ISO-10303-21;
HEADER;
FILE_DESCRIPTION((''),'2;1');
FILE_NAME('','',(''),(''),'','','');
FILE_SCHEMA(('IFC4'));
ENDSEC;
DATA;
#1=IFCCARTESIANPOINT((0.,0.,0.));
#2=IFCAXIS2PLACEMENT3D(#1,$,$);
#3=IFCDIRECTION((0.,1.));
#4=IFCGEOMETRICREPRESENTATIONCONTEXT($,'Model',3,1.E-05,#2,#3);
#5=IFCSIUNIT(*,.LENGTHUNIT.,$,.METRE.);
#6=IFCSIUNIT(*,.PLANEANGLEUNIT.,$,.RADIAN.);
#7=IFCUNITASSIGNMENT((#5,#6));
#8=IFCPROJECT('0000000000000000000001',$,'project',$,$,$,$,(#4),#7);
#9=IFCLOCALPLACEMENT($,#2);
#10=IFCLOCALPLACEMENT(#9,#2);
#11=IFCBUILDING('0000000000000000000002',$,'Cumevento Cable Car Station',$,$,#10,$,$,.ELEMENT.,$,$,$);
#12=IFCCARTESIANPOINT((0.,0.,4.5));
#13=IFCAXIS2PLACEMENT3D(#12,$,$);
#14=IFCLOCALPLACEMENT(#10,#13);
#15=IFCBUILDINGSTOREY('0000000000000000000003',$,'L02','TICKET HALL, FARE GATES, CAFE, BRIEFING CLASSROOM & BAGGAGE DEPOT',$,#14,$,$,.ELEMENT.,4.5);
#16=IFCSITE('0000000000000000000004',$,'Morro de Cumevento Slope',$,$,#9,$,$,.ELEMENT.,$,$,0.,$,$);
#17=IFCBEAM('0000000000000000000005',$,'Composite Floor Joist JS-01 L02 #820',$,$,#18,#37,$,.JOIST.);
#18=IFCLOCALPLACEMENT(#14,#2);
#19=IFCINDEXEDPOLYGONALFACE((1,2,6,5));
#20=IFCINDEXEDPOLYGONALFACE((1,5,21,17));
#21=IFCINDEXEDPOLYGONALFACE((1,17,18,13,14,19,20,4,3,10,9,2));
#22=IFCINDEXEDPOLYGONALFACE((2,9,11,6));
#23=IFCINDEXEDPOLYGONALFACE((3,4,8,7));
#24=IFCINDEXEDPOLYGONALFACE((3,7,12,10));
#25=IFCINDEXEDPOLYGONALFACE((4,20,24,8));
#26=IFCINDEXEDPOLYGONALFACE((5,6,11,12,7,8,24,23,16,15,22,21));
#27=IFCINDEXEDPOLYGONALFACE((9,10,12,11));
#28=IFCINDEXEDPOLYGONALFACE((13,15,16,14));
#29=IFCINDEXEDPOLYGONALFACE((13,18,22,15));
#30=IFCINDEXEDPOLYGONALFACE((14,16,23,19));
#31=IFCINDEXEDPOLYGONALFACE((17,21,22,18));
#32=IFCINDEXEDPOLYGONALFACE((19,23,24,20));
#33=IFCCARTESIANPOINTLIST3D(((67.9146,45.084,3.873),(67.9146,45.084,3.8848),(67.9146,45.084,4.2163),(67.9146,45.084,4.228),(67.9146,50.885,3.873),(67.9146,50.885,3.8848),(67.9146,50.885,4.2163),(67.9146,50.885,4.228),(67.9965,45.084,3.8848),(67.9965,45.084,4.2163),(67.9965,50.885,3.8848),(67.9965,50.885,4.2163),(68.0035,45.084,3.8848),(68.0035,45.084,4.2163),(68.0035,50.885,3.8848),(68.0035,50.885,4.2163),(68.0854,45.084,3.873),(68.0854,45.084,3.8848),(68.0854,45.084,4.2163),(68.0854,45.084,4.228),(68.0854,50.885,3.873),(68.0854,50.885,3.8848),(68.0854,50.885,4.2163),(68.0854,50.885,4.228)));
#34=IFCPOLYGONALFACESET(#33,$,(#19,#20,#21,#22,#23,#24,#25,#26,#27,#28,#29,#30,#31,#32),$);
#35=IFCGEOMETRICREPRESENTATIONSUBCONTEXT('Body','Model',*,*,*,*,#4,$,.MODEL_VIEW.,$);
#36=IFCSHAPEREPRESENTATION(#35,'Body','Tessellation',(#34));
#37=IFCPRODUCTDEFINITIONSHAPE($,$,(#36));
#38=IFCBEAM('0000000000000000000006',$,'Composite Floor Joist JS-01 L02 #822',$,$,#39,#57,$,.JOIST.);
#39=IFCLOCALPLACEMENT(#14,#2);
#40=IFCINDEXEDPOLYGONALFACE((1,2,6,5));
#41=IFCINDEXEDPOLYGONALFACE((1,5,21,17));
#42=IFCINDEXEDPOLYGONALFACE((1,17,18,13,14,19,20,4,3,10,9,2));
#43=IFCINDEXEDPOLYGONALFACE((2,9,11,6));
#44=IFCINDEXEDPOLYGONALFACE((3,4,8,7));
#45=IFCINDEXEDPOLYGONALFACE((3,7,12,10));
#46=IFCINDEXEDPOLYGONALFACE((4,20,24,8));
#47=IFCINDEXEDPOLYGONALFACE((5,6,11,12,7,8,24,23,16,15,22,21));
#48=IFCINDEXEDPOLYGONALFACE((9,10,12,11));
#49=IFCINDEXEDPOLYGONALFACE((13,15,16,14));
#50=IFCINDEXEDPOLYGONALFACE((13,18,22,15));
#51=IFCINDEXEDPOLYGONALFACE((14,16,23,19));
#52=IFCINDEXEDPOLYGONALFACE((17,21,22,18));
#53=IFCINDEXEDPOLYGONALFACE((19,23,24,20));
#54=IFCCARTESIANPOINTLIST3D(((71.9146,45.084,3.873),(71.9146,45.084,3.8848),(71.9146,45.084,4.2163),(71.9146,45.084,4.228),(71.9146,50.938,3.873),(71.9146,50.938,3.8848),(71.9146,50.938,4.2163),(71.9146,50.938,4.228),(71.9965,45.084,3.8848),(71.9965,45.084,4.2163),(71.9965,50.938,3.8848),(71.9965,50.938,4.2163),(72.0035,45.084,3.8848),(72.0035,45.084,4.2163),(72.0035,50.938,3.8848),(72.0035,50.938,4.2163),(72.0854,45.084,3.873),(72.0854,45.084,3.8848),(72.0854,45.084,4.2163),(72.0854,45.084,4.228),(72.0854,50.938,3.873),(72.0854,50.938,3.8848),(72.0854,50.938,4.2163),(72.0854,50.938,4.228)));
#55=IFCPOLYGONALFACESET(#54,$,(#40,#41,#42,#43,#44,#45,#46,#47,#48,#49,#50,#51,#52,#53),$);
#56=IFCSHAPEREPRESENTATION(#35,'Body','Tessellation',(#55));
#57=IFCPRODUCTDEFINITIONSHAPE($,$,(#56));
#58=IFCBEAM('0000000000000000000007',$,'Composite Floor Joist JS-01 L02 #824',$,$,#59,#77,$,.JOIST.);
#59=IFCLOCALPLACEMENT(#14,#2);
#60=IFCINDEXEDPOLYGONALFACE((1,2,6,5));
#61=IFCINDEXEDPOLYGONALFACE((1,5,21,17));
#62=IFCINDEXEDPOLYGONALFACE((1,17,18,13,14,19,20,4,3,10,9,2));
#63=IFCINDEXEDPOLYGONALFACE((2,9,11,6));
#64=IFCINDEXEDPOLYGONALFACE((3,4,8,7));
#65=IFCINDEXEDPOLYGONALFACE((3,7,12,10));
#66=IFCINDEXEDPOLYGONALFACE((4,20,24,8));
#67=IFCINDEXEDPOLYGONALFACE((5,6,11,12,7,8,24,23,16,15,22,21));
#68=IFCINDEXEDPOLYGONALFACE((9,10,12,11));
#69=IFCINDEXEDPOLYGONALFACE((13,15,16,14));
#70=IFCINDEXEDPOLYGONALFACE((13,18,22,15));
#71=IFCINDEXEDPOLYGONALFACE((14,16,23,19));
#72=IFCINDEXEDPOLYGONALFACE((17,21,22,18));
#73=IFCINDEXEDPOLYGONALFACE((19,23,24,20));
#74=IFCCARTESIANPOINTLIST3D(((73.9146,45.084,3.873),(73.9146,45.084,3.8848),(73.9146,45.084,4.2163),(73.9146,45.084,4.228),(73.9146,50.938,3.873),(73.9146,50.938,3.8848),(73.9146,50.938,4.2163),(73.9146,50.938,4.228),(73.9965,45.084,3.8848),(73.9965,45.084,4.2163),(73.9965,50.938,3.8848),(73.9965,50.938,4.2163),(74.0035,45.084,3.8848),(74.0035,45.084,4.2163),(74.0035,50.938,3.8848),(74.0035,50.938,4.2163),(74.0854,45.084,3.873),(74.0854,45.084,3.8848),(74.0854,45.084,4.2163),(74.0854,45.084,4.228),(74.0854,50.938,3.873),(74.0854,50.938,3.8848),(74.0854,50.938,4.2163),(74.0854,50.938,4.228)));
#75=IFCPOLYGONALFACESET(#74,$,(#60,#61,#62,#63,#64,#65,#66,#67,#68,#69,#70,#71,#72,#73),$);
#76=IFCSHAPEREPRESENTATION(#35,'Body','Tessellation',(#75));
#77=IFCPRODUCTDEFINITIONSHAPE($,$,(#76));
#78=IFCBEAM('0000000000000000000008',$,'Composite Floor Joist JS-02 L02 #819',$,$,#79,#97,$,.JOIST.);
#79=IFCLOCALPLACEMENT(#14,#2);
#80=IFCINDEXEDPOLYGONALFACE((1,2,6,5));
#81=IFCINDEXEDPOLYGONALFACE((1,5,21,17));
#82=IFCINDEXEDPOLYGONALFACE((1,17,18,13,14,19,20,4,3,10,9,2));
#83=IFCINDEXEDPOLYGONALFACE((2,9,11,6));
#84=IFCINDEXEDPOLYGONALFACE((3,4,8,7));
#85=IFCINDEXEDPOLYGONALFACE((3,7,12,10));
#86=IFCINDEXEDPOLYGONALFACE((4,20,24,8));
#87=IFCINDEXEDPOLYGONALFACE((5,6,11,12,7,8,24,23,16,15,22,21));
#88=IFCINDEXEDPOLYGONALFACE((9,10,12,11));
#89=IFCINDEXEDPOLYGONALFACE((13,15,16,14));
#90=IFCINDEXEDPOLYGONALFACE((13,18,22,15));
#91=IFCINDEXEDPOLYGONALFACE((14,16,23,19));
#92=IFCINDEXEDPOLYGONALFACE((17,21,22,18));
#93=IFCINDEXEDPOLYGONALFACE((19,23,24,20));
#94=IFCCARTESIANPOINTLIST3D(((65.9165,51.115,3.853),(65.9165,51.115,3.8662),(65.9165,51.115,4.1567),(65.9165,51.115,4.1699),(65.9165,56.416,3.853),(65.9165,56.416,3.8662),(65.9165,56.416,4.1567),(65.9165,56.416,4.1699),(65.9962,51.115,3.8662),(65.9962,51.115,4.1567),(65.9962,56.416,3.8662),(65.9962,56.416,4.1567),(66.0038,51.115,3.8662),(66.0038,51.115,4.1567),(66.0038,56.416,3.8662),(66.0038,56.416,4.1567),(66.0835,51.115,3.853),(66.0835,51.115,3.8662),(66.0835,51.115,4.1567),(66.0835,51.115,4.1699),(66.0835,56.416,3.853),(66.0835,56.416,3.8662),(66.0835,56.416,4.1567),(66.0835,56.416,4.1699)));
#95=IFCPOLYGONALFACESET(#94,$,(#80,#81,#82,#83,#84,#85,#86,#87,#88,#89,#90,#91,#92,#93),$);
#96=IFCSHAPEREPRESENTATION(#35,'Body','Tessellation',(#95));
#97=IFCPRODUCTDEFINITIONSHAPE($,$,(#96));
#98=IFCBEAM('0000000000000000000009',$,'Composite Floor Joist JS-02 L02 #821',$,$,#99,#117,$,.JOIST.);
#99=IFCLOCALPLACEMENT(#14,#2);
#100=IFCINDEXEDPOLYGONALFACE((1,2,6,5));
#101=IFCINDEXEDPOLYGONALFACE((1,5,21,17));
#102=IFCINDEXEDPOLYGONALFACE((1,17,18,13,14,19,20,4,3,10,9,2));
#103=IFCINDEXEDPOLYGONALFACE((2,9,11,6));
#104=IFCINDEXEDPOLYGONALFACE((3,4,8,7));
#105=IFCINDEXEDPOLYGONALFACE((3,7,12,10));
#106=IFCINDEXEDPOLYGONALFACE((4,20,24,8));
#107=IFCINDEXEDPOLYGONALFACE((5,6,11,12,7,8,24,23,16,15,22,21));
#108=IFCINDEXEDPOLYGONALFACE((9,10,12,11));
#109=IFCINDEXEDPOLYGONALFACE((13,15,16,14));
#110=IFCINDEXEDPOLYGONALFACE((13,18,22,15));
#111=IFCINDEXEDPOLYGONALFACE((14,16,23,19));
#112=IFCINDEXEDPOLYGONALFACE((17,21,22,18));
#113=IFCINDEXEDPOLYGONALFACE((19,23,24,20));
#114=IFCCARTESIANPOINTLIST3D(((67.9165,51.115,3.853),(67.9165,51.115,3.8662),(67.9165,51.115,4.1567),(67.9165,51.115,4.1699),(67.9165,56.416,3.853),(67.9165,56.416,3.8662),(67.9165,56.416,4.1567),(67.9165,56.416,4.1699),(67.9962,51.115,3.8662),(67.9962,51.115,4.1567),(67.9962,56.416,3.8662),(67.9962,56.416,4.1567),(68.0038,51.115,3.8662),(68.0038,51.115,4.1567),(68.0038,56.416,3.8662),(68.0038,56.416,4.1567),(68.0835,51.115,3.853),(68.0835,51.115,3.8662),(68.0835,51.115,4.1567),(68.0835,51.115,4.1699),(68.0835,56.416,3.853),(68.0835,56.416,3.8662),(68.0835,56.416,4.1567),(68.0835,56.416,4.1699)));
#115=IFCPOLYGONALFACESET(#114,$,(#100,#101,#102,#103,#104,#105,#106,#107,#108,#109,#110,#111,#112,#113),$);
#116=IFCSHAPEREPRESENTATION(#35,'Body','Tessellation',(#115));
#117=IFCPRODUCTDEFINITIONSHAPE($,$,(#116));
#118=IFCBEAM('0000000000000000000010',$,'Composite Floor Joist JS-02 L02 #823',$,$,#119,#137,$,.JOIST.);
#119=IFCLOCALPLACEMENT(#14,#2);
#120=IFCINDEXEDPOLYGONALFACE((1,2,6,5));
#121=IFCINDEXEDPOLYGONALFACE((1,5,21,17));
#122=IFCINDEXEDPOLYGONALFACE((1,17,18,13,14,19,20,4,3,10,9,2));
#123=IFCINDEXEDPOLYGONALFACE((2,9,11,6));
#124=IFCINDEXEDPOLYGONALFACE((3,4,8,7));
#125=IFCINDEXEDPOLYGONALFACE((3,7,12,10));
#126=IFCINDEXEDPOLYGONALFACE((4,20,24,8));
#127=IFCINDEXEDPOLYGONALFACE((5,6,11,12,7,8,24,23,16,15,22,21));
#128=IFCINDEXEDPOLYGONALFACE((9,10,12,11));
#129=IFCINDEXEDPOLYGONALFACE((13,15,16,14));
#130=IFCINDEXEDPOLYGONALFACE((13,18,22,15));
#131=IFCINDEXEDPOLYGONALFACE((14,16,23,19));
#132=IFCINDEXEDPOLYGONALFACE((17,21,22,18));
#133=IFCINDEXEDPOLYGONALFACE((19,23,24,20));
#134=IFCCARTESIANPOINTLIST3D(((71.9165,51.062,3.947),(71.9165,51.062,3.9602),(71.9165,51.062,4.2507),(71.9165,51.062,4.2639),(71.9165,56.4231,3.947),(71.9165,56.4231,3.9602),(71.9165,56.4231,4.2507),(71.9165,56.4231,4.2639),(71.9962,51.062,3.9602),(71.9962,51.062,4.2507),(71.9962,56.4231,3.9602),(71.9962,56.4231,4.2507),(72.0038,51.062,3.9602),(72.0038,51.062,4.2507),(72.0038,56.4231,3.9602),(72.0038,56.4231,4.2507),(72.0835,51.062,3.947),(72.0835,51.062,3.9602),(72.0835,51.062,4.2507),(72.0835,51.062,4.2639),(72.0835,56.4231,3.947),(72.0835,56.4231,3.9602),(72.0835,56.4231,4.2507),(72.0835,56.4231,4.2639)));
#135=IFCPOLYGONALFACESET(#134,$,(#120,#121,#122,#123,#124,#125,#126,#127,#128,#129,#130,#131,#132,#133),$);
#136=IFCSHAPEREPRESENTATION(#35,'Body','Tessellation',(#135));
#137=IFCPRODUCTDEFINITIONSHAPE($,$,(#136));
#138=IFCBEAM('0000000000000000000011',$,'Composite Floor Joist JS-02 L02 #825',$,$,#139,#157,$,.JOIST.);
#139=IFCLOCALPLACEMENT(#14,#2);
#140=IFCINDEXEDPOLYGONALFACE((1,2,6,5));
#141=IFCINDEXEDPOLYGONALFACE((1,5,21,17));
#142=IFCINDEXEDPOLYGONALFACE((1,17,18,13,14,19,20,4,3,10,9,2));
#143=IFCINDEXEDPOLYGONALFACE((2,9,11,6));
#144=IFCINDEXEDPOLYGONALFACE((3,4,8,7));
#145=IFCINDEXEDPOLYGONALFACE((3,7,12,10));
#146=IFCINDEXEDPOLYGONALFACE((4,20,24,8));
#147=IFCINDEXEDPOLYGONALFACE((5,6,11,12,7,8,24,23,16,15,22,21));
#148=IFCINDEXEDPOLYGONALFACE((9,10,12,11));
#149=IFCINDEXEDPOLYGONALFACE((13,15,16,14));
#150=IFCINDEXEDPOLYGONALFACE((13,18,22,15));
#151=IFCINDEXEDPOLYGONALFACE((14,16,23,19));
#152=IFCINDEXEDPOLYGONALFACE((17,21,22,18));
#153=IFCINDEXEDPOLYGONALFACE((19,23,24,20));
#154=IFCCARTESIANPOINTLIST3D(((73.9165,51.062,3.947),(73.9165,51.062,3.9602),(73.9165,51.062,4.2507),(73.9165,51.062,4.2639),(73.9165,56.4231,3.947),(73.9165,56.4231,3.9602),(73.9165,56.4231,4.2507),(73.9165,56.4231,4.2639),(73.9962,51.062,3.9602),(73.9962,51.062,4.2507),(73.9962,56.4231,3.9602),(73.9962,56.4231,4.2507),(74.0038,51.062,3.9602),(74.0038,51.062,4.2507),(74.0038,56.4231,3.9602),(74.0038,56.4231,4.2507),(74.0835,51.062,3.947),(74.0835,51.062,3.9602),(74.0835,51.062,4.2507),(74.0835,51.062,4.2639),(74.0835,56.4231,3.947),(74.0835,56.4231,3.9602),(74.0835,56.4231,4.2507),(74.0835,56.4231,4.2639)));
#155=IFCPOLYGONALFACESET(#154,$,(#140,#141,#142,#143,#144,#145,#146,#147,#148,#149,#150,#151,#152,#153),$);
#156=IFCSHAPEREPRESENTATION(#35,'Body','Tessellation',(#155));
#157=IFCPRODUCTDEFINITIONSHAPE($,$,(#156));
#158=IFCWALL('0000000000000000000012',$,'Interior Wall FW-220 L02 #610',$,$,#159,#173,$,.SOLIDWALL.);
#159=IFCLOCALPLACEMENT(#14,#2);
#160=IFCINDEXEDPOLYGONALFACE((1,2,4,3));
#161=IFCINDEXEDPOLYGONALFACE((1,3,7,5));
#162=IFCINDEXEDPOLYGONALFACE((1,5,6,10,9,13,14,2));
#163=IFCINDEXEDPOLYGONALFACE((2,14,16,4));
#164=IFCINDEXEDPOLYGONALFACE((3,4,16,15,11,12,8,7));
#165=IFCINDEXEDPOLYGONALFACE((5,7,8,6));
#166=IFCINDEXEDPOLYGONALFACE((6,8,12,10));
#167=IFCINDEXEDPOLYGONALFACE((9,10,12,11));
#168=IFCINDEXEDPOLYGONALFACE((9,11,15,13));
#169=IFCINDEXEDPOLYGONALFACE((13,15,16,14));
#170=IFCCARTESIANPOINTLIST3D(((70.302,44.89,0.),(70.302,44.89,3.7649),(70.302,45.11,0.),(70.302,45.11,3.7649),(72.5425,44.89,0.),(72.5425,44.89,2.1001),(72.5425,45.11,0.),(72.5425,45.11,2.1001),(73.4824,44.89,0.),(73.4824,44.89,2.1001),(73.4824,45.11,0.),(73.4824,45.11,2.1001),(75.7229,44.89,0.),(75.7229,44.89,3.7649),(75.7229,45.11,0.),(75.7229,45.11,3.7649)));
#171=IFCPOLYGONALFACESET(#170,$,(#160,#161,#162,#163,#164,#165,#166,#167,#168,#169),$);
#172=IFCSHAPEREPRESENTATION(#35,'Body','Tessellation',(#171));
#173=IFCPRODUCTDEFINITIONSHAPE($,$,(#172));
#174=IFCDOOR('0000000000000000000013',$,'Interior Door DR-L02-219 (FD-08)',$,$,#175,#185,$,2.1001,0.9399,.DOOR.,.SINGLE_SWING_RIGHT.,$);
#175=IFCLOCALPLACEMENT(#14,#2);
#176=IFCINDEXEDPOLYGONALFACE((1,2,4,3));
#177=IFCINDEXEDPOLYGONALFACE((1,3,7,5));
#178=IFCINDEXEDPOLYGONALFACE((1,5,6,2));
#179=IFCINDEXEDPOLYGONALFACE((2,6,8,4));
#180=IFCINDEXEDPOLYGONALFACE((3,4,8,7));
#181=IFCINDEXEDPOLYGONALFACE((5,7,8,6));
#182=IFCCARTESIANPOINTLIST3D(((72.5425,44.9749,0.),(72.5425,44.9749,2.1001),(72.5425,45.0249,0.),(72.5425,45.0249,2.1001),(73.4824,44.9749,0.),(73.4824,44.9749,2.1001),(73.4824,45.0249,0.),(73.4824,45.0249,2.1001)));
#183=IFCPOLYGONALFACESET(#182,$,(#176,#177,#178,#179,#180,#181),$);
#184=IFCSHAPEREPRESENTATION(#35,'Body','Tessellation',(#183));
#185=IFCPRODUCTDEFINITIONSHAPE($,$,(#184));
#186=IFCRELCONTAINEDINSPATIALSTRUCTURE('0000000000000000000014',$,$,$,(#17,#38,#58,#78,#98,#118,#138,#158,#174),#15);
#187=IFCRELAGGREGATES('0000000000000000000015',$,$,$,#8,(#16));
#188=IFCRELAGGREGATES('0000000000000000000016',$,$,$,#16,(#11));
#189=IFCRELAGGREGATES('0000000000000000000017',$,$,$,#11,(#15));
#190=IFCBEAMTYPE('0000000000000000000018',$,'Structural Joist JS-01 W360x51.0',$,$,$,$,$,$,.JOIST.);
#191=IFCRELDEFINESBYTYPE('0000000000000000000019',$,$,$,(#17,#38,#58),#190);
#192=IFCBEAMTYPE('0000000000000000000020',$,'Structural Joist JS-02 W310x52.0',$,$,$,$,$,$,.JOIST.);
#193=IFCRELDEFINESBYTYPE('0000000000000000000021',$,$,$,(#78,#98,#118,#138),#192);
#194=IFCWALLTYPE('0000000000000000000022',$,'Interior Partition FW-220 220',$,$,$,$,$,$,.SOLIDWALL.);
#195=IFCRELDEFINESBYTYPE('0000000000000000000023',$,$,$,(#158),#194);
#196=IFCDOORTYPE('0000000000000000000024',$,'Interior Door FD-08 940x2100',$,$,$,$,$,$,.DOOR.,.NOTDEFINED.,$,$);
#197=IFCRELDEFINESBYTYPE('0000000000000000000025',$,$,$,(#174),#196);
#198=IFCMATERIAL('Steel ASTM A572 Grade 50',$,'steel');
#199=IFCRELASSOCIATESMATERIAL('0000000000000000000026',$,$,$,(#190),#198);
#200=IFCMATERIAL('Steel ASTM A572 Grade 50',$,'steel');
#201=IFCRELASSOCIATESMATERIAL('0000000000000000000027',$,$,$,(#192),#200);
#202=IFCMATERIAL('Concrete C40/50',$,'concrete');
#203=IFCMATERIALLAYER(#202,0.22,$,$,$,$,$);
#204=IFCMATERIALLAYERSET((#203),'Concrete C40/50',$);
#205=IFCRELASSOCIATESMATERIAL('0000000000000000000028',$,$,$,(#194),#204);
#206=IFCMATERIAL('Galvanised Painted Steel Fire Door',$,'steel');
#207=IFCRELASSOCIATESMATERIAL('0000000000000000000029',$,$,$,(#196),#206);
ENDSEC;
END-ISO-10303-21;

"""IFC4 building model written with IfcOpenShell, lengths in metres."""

from ifc_helpers import new_model, si_unit, direction, frame, frame_2d, origin, origin_2d, place, context, subcontext, project, spatial, rectangle, i_section, extrude, material, layer, layer_set, material_profile, profile_set, type_object, element, fill, save


model = new_model("IFC4")

# Units and contexts
model_context = context("Model", 3, precision=1e-05, world=origin(), true_north=direction((0.0, 1.0)))
body_context = subcontext(model_context, "Body", "Model", "MODEL_VIEW")
ifc_project = project(units=[si_unit("LENGTHUNIT", "METRE"), si_unit("PLANEANGLEUNIT", "RADIAN")], contexts=[model_context])

# Site, building, storey
site_placement = place(None, origin())
site = spatial("IfcSite", under=ifc_project, at=site_placement, Name="Morro de Cumevento Slope", CompositionType="ELEMENT", RefElevation=0.0)
building_placement = place(site_placement, origin())
building = spatial("IfcBuilding", under=site, at=building_placement, Name="Cumevento Cable Car Station", CompositionType="ELEMENT")
storey_placement = place(building_placement, frame((0.0, 0.0, 4.5)))
storey = spatial("IfcBuildingStorey", under=building, at=storey_placement, Name="L02", Description="TICKET HALL, FARE GATES, CAFE, BRIEFING CLASSROOM & BAGGAGE DEPOT", CompositionType="ELEMENT", Elevation=4.5)

# Beams
ifc_material_1 = material(Name="Steel ASTM A572 Grade 50", Category="steel")
ifc_material_profile_1 = material_profile(ifc_material_1, i_section(OverallWidth=0.1709, OverallDepth=0.355, WebThickness=0.0071, FlangeThickness=0.0117, at=origin_2d()), Name="W360x51.0")
ifc_profile_set_1 = profile_set([ifc_material_profile_1], Name="Steel ASTM A572 Grade 50")
beam_type_1 = type_object("IfcBeamType", Name="Structural Joist JS-01 W360x51.0", PredefinedType="JOIST", material=ifc_profile_set_1)
beam_1_placement = place(storey_placement, frame((68.0, 45.084, 4.0505), z_axis=(0.0, 1.0, 0.0), x_axis=(-1.0, 0.0, 0.0)))
element("IfcBeam", 1, at=beam_1_placement, inside=storey, type_object=beam_type_1, Name="Composite Floor Joist JS-01 L02 #820", PredefinedType="JOIST", context=body_context, shape_type="SweptSolid", body=[
    extrude(i_section(OverallWidth=0.1709, OverallDepth=0.355, WebThickness=0.0071, FlangeThickness=0.0117, at=origin_2d()), origin(), (0.0, 0.0, 1.0), 5.801),
])
for number, where, z_axis, x_axis, name in (
    (2, (72.0, 45.084, 4.0505), (0.0, 1.0, 0.0), (-1.0, 0.0, 0.0), "Composite Floor Joist JS-01 L02 #822"),
    (3, (74.0, 45.084, 4.0505), (0.0, 1.0, 0.0), (-1.0, 0.0, 0.0), "Composite Floor Joist JS-01 L02 #824"),
):
    element("IfcBeam", number, at=place(storey_placement, frame(where, z_axis=z_axis, x_axis=x_axis)), inside=storey, type_object=beam_type_1, Name=name, PredefinedType="JOIST", context=body_context, shape_type="SweptSolid", body=[
        extrude(i_section(OverallWidth=0.1709, OverallDepth=0.355, WebThickness=0.0071, FlangeThickness=0.0117, at=origin_2d()), origin(), (0.0, 0.0, 1.0), 5.854),
    ])
ifc_material_2 = material(Name="Steel ASTM A572 Grade 50", Category="steel")
ifc_material_profile_2 = material_profile(ifc_material_2, i_section(OverallWidth=0.167, OverallDepth=0.3169, WebThickness=0.0076, FlangeThickness=0.0132, at=origin_2d()), Name="W310x52.0")
ifc_profile_set_2 = profile_set([ifc_material_profile_2], Name="Steel ASTM A572 Grade 50")
beam_type_2 = type_object("IfcBeamType", Name="Structural Joist JS-02 W310x52.0", PredefinedType="JOIST", material=ifc_profile_set_2)
for number, where, z_axis, x_axis, name in (
    (4, (66.0, 51.115, 4.0115), (0.0, 1.0, 0.0), (-1.0, 0.0, 0.0), "Composite Floor Joist JS-02 L02 #819"),
    (5, (68.0, 51.115, 4.0115), (0.0, 1.0, 0.0), (-1.0, 0.0, 0.0), "Composite Floor Joist JS-02 L02 #821"),
):
    element("IfcBeam", number, at=place(storey_placement, frame(where, z_axis=z_axis, x_axis=x_axis)), inside=storey, type_object=beam_type_2, Name=name, PredefinedType="JOIST", context=body_context, shape_type="SweptSolid", body=[
        extrude(i_section(OverallWidth=0.167, OverallDepth=0.3169, WebThickness=0.0076, FlangeThickness=0.0132, at=origin_2d()), origin(), (0.0, 0.0, 1.0), 5.301),
    ])
for number, where, z_axis, x_axis, name in (
    (6, (72.0, 51.062, 4.1055), (0.0, 1.0, 0.0), (-1.0, 0.0, 0.0), "Composite Floor Joist JS-02 L02 #823"),
    (7, (74.0, 51.062, 4.1055), (0.0, 1.0, 0.0), (-1.0, 0.0, 0.0), "Composite Floor Joist JS-02 L02 #825"),
):
    element("IfcBeam", number, at=place(storey_placement, frame(where, z_axis=z_axis, x_axis=x_axis)), inside=storey, type_object=beam_type_2, Name=name, PredefinedType="JOIST", context=body_context, shape_type="SweptSolid", body=[
        extrude(i_section(OverallWidth=0.167, OverallDepth=0.3169, WebThickness=0.0076, FlangeThickness=0.0132, at=origin_2d()), origin(), (0.0, 0.0, 1.0), 5.3611),
    ])

# Wall, opening, door
ifc_material_3 = material(Name="Concrete C40/50", Category="concrete")
ifc_layer = layer(ifc_material_3, 0.22)
ifc_layer_set = layer_set([ifc_layer], Name="Concrete C40/50")
wall_type = type_object("IfcWallType", Name="Interior Partition FW-220 220", PredefinedType="SOLIDWALL", material=ifc_layer_set)
wall_placement = place(storey_placement, frame((70.302, 45.0, 0.0), z_axis=(0.0, 0.0, 1.0), x_axis=(1.0, 0.0, 0.0)))
wall = element("IfcWall", 8, at=wall_placement, inside=storey, type_object=wall_type, Name="Interior Wall FW-220 L02 #610", PredefinedType="SOLIDWALL", context=body_context, shape_type="SweptSolid", body=[
    extrude(rectangle(XDim=5.4209, YDim=0.22, at=frame_2d((2.7104, 0.0))), origin(), (0.0, 0.0, 1.0), 3.7649),
])
opening_placement = place(wall_placement, frame((2.2405, 0.0, 0.0)))
opening = element("IfcOpeningElement", 9, at=opening_placement, cuts=wall, PredefinedType="OPENING", context=body_context, shape_type="SweptSolid", body=[
    extrude(rectangle(XDim=0.9399, YDim=2.1001, at=frame_2d((0.47, 1.05))), frame((0.0, 0.1199, 0.0), z_axis=(0.0, -1.0, 0.0), x_axis=(1.0, 0.0, 0.0)), (0.0, 0.0, 1.0), 0.24),
])
ifc_material_4 = material(Name="Galvanised Painted Steel Fire Door", Category="steel")
door_type = type_object("IfcDoorType", Name="Interior Door FD-08 940x2100", OperationType="NOTDEFINED", PredefinedType="DOOR", material=ifc_material_4)
door_placement = place(opening_placement, origin())
door = element("IfcDoor", 10, at=door_placement, inside=storey, type_object=door_type, Name="Interior Door DR-L02-219 (FD-08)", OperationType="SINGLE_SWING_RIGHT", OverallHeight=2.1001, OverallWidth=0.9399, PredefinedType="DOOR", context=body_context, shape_type="SweptSolid", body=[
    extrude(rectangle(XDim=0.9399, YDim=2.1001, at=frame_2d((0.47, 1.05))), frame((0.0, 0.0249, 0.0), z_axis=(0.0, -1.0, 0.0), x_axis=(1.0, 0.0, 0.0)), (0.0, 0.0, 1.0), 0.05),
])
fill(opening, door)

save(model, "model.ifc")
